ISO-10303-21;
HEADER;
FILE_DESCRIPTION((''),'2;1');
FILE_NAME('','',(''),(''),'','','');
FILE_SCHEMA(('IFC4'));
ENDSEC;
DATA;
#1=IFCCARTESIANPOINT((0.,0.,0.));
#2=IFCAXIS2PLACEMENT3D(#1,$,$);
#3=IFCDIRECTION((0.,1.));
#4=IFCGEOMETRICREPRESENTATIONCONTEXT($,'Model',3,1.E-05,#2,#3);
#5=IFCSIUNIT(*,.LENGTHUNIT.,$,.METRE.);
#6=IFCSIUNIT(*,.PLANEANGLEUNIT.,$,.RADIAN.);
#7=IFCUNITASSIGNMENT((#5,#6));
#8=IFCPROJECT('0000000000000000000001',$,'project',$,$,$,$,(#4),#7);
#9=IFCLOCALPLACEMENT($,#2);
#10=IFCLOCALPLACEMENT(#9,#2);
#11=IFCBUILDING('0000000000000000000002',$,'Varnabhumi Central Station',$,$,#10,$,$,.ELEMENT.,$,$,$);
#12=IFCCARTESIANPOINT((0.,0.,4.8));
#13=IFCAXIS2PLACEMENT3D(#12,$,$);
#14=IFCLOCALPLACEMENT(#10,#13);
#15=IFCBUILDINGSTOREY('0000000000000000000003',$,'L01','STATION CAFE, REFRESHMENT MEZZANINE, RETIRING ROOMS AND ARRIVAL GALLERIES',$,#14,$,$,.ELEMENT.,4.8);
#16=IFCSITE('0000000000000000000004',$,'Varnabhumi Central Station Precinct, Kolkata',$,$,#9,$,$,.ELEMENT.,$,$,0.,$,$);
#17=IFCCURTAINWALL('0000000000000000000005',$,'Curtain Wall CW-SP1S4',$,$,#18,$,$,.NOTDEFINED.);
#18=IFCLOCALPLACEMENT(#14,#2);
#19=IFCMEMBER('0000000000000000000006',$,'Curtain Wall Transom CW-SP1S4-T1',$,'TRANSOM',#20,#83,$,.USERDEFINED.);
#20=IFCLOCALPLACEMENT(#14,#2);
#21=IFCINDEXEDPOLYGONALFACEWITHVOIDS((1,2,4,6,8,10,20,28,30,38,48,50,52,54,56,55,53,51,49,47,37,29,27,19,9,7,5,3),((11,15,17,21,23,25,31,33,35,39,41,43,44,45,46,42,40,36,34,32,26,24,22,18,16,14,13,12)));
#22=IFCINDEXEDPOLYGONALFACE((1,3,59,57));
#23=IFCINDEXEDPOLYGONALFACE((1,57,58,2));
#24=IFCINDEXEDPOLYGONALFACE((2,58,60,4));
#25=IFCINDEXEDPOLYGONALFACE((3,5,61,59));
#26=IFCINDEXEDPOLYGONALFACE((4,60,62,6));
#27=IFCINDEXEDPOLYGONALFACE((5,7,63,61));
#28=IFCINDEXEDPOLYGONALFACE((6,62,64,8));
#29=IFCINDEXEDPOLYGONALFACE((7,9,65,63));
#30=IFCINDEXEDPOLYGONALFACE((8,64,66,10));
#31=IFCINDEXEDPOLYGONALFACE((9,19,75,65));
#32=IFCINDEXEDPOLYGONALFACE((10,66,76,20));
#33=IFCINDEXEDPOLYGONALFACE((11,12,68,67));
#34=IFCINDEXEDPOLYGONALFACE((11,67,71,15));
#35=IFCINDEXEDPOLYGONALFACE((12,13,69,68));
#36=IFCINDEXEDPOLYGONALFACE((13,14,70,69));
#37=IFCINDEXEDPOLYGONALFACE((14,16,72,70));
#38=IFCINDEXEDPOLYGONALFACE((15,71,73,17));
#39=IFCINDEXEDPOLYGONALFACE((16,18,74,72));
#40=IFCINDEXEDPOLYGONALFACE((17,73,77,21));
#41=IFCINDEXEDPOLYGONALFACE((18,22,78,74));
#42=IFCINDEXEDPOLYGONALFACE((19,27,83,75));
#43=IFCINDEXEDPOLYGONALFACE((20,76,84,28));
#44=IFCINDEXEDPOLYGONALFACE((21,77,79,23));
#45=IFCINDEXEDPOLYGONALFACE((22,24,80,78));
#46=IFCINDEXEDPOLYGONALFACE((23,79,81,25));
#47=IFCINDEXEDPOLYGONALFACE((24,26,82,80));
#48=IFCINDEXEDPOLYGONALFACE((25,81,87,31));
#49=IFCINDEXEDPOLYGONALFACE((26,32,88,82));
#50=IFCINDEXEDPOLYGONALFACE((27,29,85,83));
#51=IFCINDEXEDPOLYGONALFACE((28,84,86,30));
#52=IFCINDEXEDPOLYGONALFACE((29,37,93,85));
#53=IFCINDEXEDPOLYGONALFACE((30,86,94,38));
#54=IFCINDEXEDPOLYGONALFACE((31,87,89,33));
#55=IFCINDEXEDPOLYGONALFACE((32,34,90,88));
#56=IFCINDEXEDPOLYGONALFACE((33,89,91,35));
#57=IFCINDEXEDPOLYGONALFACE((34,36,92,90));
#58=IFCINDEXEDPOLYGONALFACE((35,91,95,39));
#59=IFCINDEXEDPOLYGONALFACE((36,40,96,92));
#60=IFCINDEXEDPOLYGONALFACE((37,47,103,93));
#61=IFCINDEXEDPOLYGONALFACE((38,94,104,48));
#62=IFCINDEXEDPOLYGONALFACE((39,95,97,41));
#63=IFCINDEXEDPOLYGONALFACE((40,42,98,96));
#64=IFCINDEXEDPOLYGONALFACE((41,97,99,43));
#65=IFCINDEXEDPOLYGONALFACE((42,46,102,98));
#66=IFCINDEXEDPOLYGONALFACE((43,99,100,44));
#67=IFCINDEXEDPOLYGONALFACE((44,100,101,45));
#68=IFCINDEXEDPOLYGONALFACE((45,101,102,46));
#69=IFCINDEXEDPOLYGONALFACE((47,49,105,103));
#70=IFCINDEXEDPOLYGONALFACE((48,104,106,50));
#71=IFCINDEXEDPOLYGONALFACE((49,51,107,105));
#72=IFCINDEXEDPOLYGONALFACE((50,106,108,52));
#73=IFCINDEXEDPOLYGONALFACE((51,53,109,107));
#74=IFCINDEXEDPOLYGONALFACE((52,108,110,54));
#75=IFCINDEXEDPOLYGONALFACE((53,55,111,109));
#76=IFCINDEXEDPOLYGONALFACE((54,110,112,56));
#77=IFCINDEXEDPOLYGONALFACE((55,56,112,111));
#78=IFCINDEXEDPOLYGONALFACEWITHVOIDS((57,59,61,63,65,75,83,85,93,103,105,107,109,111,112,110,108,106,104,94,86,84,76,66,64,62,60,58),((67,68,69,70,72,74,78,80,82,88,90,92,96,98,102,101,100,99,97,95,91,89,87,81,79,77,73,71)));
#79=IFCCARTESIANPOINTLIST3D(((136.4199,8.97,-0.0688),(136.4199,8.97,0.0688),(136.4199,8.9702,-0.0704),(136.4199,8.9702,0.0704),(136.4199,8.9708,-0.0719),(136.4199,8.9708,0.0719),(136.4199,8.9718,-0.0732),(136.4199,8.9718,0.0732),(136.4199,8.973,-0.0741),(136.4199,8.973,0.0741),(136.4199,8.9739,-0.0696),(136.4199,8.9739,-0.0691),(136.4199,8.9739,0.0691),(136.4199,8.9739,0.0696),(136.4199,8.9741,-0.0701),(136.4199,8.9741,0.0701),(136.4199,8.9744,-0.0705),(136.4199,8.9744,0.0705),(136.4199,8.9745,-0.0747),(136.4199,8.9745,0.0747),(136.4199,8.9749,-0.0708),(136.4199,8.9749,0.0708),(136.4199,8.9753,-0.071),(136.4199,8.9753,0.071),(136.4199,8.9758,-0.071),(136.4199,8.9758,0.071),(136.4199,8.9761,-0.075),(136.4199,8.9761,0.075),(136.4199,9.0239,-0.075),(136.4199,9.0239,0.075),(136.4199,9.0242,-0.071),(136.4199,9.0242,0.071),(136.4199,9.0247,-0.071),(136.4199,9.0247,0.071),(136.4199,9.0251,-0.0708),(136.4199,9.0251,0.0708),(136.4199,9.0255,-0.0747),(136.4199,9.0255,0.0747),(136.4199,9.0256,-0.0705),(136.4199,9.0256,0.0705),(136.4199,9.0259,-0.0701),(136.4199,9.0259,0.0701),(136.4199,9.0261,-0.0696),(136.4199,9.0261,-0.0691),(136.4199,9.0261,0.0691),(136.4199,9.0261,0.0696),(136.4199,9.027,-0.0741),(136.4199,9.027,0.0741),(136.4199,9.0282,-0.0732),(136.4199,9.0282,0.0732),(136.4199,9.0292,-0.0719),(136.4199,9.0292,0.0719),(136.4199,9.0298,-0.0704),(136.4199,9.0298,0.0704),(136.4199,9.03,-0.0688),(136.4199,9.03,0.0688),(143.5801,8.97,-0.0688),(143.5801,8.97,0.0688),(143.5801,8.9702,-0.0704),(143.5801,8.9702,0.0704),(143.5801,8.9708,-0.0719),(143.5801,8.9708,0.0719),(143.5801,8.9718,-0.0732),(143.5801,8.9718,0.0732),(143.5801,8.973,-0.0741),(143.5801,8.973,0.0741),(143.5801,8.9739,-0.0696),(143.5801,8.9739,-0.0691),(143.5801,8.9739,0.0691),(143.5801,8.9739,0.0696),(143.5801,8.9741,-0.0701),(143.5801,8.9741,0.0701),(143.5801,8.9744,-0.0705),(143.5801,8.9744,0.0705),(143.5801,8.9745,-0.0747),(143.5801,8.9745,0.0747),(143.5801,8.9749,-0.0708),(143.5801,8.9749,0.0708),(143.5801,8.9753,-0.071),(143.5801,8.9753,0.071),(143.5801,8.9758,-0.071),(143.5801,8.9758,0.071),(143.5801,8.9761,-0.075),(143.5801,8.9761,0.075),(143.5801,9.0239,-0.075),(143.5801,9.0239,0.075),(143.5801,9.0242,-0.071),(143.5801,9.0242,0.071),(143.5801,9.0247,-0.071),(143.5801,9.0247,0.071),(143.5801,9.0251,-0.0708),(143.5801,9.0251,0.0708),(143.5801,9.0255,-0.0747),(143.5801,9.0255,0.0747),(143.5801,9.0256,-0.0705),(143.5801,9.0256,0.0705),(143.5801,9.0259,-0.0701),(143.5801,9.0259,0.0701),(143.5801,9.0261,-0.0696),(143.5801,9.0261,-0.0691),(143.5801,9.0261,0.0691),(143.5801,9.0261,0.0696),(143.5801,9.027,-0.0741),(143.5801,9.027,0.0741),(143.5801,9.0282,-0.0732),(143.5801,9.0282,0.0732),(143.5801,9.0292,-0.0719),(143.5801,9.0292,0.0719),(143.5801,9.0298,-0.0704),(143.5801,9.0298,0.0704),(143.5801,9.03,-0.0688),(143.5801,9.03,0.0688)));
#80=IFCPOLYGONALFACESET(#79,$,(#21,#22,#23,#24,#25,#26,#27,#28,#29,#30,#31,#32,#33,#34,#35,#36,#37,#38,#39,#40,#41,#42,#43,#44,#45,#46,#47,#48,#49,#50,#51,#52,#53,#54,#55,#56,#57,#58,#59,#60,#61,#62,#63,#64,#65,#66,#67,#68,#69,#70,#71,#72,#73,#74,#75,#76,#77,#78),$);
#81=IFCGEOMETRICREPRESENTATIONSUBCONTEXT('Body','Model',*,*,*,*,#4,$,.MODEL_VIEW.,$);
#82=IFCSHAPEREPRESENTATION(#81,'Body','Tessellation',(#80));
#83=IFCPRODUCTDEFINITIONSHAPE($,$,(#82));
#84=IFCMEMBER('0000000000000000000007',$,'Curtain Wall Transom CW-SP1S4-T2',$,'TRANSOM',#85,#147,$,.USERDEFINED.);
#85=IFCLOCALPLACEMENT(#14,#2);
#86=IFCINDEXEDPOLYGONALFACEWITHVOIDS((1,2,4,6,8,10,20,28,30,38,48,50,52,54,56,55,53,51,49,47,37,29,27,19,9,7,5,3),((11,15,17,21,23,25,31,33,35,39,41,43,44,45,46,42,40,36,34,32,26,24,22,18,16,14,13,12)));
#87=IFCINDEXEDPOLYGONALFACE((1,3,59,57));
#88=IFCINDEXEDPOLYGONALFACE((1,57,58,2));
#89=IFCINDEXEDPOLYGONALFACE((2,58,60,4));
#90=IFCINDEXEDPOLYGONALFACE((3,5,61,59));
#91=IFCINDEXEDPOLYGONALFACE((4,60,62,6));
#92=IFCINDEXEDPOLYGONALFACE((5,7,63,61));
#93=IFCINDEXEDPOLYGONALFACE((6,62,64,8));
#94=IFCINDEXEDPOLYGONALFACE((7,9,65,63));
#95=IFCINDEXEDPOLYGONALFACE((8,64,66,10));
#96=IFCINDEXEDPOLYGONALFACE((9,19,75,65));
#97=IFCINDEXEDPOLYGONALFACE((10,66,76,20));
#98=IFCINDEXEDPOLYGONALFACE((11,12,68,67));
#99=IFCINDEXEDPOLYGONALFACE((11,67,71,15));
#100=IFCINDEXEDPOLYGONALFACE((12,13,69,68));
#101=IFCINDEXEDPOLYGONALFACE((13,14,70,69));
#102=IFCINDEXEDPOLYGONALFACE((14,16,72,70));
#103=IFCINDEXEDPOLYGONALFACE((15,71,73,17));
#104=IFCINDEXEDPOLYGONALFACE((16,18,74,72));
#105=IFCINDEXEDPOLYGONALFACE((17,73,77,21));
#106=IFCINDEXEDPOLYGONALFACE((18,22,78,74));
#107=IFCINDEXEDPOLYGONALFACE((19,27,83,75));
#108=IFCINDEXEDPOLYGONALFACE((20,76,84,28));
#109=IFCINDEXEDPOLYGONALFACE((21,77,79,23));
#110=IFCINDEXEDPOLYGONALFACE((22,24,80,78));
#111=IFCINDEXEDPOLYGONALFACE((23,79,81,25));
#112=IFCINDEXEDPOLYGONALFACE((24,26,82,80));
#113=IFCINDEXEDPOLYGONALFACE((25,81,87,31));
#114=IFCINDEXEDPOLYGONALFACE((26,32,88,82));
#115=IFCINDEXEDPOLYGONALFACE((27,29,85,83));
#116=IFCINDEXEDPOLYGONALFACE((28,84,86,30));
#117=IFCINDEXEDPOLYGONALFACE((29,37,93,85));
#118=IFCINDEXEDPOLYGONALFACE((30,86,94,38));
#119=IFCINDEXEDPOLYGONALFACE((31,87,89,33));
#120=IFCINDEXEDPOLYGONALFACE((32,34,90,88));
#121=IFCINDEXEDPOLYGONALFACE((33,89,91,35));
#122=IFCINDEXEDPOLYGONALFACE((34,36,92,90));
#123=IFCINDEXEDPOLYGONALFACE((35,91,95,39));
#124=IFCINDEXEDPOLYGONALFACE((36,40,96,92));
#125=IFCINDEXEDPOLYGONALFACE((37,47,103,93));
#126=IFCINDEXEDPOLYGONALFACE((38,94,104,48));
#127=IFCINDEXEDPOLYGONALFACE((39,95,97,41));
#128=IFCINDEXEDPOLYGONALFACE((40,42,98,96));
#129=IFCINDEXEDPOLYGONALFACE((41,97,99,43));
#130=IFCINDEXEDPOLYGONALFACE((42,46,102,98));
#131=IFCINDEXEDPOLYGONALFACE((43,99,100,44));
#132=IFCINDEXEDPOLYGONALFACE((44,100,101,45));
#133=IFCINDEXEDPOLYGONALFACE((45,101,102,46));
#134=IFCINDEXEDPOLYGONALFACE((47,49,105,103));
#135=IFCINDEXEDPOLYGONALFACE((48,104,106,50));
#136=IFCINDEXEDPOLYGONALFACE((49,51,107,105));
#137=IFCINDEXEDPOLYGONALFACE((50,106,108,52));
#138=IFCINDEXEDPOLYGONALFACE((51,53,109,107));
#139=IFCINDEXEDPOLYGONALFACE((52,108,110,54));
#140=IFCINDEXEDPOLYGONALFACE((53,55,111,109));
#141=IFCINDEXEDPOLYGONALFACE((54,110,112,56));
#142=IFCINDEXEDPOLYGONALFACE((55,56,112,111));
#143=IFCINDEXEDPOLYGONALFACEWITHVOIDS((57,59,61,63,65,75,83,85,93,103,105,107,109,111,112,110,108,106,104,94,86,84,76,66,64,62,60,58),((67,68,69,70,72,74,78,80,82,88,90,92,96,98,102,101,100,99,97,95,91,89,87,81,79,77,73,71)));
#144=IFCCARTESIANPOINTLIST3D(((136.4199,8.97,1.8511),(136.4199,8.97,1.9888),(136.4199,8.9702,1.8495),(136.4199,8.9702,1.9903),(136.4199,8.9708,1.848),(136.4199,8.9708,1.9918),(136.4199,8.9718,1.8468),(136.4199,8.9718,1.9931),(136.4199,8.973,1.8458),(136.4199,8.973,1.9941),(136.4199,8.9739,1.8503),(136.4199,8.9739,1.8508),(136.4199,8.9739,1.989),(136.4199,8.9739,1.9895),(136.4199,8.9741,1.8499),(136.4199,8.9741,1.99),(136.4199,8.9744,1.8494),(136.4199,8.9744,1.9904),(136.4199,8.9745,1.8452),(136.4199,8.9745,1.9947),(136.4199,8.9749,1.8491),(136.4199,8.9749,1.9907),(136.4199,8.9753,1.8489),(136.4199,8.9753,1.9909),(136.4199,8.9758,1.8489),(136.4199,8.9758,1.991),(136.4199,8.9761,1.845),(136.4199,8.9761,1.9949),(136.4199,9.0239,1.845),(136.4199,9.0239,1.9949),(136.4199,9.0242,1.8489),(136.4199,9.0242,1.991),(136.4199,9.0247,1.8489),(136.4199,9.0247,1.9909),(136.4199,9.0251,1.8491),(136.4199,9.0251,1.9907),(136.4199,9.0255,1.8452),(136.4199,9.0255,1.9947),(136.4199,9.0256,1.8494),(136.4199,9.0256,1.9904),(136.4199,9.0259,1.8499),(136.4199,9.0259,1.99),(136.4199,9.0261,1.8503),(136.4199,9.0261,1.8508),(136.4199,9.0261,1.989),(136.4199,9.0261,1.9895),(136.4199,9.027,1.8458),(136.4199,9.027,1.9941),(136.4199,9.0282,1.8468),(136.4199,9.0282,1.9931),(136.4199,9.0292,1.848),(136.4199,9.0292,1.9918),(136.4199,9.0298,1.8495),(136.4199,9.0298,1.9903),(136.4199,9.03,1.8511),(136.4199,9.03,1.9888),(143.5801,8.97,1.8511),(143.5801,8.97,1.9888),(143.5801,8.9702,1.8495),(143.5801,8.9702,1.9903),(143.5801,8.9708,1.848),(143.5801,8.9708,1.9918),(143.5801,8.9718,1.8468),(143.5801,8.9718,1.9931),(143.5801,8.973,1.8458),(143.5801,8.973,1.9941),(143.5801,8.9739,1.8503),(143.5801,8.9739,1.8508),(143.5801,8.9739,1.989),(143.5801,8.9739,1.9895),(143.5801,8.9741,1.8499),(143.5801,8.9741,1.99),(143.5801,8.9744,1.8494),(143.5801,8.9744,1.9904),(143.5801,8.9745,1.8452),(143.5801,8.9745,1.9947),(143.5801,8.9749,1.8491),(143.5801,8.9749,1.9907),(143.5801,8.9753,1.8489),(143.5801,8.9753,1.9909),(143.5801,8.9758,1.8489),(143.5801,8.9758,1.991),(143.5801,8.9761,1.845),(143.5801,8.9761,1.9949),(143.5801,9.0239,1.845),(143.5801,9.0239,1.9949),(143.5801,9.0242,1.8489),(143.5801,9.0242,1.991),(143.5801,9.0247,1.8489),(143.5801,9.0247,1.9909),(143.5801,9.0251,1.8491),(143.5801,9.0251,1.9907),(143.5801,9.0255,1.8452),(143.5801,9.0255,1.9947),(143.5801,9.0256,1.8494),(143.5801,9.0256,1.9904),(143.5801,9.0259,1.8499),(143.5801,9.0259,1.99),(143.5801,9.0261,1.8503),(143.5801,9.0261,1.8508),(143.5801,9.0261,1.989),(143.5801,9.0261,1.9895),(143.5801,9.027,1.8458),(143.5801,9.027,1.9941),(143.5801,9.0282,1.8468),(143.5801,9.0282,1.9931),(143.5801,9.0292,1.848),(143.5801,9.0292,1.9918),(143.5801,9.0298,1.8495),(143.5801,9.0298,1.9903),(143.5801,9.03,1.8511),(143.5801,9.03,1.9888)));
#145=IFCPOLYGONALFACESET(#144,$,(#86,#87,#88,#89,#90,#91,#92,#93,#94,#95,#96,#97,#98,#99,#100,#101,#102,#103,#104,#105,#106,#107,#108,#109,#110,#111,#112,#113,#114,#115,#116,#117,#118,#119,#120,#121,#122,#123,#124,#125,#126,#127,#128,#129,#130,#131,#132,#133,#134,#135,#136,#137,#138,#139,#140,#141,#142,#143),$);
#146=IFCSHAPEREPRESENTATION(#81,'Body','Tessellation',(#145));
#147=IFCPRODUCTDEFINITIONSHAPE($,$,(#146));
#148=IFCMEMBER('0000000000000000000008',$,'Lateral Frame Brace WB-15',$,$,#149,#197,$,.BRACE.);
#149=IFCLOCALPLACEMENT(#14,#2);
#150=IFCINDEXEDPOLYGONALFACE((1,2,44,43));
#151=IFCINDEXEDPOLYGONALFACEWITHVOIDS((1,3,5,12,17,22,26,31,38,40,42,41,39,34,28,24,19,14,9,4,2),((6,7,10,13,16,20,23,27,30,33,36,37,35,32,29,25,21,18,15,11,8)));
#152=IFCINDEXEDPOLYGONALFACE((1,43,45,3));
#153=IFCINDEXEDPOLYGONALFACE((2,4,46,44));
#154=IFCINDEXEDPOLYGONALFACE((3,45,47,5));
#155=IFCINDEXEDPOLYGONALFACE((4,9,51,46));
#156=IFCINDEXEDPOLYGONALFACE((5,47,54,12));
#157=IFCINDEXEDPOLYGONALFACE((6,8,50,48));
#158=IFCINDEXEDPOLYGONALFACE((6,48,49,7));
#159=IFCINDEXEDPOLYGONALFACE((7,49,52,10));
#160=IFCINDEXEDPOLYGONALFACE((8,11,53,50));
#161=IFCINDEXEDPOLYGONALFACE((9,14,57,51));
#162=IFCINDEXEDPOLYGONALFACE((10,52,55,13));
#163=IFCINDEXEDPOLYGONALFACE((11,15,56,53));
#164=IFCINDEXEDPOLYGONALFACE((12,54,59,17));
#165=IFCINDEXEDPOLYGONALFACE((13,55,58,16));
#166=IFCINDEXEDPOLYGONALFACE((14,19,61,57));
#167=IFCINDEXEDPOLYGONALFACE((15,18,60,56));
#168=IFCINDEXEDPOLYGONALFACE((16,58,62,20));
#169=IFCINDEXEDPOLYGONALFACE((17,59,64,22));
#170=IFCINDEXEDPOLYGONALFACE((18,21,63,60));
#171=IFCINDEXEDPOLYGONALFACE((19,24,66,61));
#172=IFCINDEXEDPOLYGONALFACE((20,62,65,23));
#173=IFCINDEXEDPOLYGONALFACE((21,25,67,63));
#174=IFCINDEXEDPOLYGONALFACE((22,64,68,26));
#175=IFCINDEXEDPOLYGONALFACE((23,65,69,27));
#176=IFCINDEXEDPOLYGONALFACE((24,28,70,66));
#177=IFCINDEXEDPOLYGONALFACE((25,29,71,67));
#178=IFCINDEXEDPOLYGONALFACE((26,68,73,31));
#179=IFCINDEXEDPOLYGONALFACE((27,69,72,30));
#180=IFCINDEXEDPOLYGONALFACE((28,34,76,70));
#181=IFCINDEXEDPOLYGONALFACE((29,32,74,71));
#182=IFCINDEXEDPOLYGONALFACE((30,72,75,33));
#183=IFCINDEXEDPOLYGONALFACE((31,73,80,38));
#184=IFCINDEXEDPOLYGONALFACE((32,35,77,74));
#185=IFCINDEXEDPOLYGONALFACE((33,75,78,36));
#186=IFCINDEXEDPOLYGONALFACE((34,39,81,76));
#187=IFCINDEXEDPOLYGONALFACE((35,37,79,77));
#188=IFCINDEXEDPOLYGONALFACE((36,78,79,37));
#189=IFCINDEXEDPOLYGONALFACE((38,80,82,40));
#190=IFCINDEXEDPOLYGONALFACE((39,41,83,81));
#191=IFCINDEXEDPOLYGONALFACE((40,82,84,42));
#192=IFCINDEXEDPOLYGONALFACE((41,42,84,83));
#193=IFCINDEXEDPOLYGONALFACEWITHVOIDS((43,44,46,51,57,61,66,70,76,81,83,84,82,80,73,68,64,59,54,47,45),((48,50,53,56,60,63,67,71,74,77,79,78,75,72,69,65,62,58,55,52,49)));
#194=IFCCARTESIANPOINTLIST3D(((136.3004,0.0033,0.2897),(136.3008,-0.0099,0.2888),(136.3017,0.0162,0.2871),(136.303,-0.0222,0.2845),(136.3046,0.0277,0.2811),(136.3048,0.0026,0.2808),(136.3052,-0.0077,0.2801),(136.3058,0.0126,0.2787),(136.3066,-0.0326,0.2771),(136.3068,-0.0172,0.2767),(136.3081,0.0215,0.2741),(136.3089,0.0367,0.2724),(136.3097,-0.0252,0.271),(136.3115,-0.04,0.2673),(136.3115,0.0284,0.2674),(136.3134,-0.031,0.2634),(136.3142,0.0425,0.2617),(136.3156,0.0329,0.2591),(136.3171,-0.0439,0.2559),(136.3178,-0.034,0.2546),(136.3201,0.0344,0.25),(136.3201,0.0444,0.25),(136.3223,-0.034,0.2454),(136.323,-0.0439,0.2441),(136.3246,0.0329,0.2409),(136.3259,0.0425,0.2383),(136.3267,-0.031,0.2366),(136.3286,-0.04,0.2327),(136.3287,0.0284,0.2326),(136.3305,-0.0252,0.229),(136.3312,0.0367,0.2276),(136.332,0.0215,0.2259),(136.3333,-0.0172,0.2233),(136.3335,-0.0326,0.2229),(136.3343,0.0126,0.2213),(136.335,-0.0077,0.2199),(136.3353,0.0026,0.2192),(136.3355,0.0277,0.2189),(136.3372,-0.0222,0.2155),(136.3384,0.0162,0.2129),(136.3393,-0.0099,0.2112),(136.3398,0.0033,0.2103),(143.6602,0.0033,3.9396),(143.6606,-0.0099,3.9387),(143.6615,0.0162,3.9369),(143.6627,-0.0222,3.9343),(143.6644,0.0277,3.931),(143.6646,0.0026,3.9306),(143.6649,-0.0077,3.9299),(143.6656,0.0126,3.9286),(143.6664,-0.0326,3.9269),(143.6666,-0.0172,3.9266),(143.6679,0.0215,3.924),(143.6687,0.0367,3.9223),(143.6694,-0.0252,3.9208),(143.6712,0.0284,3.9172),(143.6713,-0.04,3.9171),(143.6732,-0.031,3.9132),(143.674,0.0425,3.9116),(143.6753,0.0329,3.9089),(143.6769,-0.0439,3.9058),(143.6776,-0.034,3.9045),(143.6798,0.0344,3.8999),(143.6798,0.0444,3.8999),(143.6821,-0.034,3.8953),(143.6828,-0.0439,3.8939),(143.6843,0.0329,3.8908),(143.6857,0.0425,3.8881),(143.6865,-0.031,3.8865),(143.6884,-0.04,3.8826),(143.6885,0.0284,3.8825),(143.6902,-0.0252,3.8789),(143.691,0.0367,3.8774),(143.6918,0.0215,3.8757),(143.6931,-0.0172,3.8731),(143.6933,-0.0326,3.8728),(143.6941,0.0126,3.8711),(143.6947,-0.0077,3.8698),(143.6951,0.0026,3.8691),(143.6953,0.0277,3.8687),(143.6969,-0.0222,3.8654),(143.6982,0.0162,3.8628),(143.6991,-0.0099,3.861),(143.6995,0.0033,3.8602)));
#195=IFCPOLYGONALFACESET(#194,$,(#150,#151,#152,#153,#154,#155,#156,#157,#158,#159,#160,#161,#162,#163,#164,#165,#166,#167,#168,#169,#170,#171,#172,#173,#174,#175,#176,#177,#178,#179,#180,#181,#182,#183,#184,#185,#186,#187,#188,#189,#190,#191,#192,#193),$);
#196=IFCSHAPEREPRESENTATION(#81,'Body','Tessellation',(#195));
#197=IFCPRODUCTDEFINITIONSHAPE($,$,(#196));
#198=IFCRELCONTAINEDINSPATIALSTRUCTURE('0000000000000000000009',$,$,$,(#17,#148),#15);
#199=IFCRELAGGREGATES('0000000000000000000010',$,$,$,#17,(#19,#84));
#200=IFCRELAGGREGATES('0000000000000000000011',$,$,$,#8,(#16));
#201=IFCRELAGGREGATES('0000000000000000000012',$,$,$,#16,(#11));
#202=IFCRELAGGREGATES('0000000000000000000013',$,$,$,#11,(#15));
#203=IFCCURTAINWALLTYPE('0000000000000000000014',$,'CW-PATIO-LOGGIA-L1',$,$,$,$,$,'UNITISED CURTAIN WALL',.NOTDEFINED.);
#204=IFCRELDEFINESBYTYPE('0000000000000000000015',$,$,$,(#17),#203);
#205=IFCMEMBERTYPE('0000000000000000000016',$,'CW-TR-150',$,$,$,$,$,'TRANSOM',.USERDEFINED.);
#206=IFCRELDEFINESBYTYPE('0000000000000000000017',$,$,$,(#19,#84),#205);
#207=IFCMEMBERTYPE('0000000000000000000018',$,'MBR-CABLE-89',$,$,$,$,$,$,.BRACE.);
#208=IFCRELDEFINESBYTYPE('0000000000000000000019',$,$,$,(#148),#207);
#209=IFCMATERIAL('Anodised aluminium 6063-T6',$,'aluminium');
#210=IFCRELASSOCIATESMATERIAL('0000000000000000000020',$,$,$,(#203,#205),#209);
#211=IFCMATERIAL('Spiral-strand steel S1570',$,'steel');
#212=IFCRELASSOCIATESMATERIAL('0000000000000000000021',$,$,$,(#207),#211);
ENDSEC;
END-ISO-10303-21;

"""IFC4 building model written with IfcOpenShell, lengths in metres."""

from ifc_helpers import new_model, si_unit, direction, frame, origin, origin_2d, place, context, subcontext, project, spatial, hollow_rectangle, hollow_circle, extrude, material, material_profile, profile_set, type_object, element, aggregate, save


model = new_model("IFC4")

# Units and contexts
model_context = context("Model", 3, precision=1e-05, world=origin(), true_north=direction((0.0, 1.0)))
body_context = subcontext(model_context, "Body", "Model", "MODEL_VIEW")
ifc_project = project(units=[si_unit("LENGTHUNIT", "METRE"), si_unit("PLANEANGLEUNIT", "RADIAN")], contexts=[model_context])

# Site, building, storey
site_placement = place(None, origin())
site = spatial("IfcSite", under=ifc_project, at=site_placement, Name="Varnabhumi Central Station Precinct, Kolkata", CompositionType="ELEMENT", RefElevation=0.0)
building_placement = place(site_placement, origin())
building = spatial("IfcBuilding", under=site, at=building_placement, Name="Varnabhumi Central Station", CompositionType="ELEMENT")
storey_placement = place(building_placement, frame((0.0, 0.0, 4.8)))
storey = spatial("IfcBuildingStorey", under=building, at=storey_placement, Name="L01", Description="STATION CAFE, REFRESHMENT MEZZANINE, RETIRING ROOMS AND ARRIVAL GALLERIES", CompositionType="ELEMENT", Elevation=4.8)

# Shared definitions
ifc_material_1 = material(Name="Anodised aluminium 6063-T6", Category="aluminium")
curtain_wall_type = type_object("IfcCurtainWallType", Name="CW-PATIO-LOGGIA-L1", ElementType="UNITISED CURTAIN WALL", PredefinedType="NOTDEFINED", material=ifc_material_1)

# Curtain wall
curtain_wall_1_placement = place(storey_placement, origin())
curtain_wall_1 = element("IfcCurtainWall", 1, at=curtain_wall_1_placement, inside=storey, type_object=curtain_wall_type, Name="Curtain Wall CW-SP1S4", PredefinedType="NOTDEFINED")

# Members
ifc_material_profile_1 = material_profile(ifc_material_1, hollow_rectangle(XDim=0.0601, YDim=0.1499, WallThickness=0.0039, InnerFilletRadius=0.002, OuterFilletRadius=0.0061, at=origin_2d()), Name="Anodised aluminium 6063-T6", Category="aluminium")
ifc_profile_set_1 = profile_set([ifc_material_profile_1], Name="Anodised aluminium 6063-T6")
member_type_1 = type_object("IfcMemberType", Name="CW-TR-150", ElementType="TRANSOM", PredefinedType="USERDEFINED", material=ifc_profile_set_1)
member_1_placement = place(storey_placement, frame((136.4199, 9.0, 0.0), z_axis=(1.0, 0.0, 0.0), x_axis=(0.0, 1.0, 0.0)))
member_1 = element("IfcMember", 2, at=member_1_placement, type_object=member_type_1, Name="Curtain Wall Transom CW-SP1S4-T1", ObjectType="TRANSOM", PredefinedType="USERDEFINED", context=body_context, shape_type="SweptSolid", body=[
    extrude(hollow_rectangle(XDim=0.0601, YDim=0.1499, WallThickness=0.0039, InnerFilletRadius=0.002, OuterFilletRadius=0.0061, at=origin_2d()), origin(), (0.0, 0.0, 1.0), 7.1602),
])
member_2_placement = place(storey_placement, frame((136.4199, 9.0, 1.9199), z_axis=(1.0, 0.0, 0.0), x_axis=(0.0, 1.0, 0.0)))
member_2 = element("IfcMember", 3, at=member_2_placement, type_object=member_type_1, Name="Curtain Wall Transom CW-SP1S4-T2", ObjectType="TRANSOM", PredefinedType="USERDEFINED", context=body_context, shape_type="SweptSolid", body=[
    extrude(hollow_rectangle(XDim=0.0601, YDim=0.1499, WallThickness=0.0039, InnerFilletRadius=0.002, OuterFilletRadius=0.0061, at=origin_2d()), origin(), (0.0, 0.0, 1.0), 7.1602),
])
aggregate(curtain_wall_1, [member_1, member_2])
ifc_material_2 = material(Name="Spiral-strand steel S1570", Category="steel")
ifc_material_profile_2 = material_profile(ifc_material_2, hollow_circle(Radius=0.0444, WallThickness=0.01, at=origin_2d()), Name="Spiral-strand steel S1570", Category="steel")
ifc_profile_set_2 = profile_set([ifc_material_profile_2], Name="Spiral-strand steel S1570")
member_type_2 = type_object("IfcMemberType", Name="MBR-CABLE-89", PredefinedType="BRACE", material=ifc_profile_set_2)
member_3_placement = place(storey_placement, frame((136.3201, 0.0, 0.25), z_axis=(0.895885, 0.0, 0.444287), x_axis=(0.0, 1.0, 0.0)))
element("IfcMember", 4, at=member_3_placement, inside=storey, type_object=member_type_2, Name="Lateral Frame Brace WB-15", PredefinedType="BRACE", context=body_context, shape_type="SweptSolid", body=[
    extrude(hollow_circle(Radius=0.0444, WallThickness=0.01, at=origin_2d()), origin(), (0.0, 0.0, 1.0), 8.2151),
])

save(model, "model.ifc")
